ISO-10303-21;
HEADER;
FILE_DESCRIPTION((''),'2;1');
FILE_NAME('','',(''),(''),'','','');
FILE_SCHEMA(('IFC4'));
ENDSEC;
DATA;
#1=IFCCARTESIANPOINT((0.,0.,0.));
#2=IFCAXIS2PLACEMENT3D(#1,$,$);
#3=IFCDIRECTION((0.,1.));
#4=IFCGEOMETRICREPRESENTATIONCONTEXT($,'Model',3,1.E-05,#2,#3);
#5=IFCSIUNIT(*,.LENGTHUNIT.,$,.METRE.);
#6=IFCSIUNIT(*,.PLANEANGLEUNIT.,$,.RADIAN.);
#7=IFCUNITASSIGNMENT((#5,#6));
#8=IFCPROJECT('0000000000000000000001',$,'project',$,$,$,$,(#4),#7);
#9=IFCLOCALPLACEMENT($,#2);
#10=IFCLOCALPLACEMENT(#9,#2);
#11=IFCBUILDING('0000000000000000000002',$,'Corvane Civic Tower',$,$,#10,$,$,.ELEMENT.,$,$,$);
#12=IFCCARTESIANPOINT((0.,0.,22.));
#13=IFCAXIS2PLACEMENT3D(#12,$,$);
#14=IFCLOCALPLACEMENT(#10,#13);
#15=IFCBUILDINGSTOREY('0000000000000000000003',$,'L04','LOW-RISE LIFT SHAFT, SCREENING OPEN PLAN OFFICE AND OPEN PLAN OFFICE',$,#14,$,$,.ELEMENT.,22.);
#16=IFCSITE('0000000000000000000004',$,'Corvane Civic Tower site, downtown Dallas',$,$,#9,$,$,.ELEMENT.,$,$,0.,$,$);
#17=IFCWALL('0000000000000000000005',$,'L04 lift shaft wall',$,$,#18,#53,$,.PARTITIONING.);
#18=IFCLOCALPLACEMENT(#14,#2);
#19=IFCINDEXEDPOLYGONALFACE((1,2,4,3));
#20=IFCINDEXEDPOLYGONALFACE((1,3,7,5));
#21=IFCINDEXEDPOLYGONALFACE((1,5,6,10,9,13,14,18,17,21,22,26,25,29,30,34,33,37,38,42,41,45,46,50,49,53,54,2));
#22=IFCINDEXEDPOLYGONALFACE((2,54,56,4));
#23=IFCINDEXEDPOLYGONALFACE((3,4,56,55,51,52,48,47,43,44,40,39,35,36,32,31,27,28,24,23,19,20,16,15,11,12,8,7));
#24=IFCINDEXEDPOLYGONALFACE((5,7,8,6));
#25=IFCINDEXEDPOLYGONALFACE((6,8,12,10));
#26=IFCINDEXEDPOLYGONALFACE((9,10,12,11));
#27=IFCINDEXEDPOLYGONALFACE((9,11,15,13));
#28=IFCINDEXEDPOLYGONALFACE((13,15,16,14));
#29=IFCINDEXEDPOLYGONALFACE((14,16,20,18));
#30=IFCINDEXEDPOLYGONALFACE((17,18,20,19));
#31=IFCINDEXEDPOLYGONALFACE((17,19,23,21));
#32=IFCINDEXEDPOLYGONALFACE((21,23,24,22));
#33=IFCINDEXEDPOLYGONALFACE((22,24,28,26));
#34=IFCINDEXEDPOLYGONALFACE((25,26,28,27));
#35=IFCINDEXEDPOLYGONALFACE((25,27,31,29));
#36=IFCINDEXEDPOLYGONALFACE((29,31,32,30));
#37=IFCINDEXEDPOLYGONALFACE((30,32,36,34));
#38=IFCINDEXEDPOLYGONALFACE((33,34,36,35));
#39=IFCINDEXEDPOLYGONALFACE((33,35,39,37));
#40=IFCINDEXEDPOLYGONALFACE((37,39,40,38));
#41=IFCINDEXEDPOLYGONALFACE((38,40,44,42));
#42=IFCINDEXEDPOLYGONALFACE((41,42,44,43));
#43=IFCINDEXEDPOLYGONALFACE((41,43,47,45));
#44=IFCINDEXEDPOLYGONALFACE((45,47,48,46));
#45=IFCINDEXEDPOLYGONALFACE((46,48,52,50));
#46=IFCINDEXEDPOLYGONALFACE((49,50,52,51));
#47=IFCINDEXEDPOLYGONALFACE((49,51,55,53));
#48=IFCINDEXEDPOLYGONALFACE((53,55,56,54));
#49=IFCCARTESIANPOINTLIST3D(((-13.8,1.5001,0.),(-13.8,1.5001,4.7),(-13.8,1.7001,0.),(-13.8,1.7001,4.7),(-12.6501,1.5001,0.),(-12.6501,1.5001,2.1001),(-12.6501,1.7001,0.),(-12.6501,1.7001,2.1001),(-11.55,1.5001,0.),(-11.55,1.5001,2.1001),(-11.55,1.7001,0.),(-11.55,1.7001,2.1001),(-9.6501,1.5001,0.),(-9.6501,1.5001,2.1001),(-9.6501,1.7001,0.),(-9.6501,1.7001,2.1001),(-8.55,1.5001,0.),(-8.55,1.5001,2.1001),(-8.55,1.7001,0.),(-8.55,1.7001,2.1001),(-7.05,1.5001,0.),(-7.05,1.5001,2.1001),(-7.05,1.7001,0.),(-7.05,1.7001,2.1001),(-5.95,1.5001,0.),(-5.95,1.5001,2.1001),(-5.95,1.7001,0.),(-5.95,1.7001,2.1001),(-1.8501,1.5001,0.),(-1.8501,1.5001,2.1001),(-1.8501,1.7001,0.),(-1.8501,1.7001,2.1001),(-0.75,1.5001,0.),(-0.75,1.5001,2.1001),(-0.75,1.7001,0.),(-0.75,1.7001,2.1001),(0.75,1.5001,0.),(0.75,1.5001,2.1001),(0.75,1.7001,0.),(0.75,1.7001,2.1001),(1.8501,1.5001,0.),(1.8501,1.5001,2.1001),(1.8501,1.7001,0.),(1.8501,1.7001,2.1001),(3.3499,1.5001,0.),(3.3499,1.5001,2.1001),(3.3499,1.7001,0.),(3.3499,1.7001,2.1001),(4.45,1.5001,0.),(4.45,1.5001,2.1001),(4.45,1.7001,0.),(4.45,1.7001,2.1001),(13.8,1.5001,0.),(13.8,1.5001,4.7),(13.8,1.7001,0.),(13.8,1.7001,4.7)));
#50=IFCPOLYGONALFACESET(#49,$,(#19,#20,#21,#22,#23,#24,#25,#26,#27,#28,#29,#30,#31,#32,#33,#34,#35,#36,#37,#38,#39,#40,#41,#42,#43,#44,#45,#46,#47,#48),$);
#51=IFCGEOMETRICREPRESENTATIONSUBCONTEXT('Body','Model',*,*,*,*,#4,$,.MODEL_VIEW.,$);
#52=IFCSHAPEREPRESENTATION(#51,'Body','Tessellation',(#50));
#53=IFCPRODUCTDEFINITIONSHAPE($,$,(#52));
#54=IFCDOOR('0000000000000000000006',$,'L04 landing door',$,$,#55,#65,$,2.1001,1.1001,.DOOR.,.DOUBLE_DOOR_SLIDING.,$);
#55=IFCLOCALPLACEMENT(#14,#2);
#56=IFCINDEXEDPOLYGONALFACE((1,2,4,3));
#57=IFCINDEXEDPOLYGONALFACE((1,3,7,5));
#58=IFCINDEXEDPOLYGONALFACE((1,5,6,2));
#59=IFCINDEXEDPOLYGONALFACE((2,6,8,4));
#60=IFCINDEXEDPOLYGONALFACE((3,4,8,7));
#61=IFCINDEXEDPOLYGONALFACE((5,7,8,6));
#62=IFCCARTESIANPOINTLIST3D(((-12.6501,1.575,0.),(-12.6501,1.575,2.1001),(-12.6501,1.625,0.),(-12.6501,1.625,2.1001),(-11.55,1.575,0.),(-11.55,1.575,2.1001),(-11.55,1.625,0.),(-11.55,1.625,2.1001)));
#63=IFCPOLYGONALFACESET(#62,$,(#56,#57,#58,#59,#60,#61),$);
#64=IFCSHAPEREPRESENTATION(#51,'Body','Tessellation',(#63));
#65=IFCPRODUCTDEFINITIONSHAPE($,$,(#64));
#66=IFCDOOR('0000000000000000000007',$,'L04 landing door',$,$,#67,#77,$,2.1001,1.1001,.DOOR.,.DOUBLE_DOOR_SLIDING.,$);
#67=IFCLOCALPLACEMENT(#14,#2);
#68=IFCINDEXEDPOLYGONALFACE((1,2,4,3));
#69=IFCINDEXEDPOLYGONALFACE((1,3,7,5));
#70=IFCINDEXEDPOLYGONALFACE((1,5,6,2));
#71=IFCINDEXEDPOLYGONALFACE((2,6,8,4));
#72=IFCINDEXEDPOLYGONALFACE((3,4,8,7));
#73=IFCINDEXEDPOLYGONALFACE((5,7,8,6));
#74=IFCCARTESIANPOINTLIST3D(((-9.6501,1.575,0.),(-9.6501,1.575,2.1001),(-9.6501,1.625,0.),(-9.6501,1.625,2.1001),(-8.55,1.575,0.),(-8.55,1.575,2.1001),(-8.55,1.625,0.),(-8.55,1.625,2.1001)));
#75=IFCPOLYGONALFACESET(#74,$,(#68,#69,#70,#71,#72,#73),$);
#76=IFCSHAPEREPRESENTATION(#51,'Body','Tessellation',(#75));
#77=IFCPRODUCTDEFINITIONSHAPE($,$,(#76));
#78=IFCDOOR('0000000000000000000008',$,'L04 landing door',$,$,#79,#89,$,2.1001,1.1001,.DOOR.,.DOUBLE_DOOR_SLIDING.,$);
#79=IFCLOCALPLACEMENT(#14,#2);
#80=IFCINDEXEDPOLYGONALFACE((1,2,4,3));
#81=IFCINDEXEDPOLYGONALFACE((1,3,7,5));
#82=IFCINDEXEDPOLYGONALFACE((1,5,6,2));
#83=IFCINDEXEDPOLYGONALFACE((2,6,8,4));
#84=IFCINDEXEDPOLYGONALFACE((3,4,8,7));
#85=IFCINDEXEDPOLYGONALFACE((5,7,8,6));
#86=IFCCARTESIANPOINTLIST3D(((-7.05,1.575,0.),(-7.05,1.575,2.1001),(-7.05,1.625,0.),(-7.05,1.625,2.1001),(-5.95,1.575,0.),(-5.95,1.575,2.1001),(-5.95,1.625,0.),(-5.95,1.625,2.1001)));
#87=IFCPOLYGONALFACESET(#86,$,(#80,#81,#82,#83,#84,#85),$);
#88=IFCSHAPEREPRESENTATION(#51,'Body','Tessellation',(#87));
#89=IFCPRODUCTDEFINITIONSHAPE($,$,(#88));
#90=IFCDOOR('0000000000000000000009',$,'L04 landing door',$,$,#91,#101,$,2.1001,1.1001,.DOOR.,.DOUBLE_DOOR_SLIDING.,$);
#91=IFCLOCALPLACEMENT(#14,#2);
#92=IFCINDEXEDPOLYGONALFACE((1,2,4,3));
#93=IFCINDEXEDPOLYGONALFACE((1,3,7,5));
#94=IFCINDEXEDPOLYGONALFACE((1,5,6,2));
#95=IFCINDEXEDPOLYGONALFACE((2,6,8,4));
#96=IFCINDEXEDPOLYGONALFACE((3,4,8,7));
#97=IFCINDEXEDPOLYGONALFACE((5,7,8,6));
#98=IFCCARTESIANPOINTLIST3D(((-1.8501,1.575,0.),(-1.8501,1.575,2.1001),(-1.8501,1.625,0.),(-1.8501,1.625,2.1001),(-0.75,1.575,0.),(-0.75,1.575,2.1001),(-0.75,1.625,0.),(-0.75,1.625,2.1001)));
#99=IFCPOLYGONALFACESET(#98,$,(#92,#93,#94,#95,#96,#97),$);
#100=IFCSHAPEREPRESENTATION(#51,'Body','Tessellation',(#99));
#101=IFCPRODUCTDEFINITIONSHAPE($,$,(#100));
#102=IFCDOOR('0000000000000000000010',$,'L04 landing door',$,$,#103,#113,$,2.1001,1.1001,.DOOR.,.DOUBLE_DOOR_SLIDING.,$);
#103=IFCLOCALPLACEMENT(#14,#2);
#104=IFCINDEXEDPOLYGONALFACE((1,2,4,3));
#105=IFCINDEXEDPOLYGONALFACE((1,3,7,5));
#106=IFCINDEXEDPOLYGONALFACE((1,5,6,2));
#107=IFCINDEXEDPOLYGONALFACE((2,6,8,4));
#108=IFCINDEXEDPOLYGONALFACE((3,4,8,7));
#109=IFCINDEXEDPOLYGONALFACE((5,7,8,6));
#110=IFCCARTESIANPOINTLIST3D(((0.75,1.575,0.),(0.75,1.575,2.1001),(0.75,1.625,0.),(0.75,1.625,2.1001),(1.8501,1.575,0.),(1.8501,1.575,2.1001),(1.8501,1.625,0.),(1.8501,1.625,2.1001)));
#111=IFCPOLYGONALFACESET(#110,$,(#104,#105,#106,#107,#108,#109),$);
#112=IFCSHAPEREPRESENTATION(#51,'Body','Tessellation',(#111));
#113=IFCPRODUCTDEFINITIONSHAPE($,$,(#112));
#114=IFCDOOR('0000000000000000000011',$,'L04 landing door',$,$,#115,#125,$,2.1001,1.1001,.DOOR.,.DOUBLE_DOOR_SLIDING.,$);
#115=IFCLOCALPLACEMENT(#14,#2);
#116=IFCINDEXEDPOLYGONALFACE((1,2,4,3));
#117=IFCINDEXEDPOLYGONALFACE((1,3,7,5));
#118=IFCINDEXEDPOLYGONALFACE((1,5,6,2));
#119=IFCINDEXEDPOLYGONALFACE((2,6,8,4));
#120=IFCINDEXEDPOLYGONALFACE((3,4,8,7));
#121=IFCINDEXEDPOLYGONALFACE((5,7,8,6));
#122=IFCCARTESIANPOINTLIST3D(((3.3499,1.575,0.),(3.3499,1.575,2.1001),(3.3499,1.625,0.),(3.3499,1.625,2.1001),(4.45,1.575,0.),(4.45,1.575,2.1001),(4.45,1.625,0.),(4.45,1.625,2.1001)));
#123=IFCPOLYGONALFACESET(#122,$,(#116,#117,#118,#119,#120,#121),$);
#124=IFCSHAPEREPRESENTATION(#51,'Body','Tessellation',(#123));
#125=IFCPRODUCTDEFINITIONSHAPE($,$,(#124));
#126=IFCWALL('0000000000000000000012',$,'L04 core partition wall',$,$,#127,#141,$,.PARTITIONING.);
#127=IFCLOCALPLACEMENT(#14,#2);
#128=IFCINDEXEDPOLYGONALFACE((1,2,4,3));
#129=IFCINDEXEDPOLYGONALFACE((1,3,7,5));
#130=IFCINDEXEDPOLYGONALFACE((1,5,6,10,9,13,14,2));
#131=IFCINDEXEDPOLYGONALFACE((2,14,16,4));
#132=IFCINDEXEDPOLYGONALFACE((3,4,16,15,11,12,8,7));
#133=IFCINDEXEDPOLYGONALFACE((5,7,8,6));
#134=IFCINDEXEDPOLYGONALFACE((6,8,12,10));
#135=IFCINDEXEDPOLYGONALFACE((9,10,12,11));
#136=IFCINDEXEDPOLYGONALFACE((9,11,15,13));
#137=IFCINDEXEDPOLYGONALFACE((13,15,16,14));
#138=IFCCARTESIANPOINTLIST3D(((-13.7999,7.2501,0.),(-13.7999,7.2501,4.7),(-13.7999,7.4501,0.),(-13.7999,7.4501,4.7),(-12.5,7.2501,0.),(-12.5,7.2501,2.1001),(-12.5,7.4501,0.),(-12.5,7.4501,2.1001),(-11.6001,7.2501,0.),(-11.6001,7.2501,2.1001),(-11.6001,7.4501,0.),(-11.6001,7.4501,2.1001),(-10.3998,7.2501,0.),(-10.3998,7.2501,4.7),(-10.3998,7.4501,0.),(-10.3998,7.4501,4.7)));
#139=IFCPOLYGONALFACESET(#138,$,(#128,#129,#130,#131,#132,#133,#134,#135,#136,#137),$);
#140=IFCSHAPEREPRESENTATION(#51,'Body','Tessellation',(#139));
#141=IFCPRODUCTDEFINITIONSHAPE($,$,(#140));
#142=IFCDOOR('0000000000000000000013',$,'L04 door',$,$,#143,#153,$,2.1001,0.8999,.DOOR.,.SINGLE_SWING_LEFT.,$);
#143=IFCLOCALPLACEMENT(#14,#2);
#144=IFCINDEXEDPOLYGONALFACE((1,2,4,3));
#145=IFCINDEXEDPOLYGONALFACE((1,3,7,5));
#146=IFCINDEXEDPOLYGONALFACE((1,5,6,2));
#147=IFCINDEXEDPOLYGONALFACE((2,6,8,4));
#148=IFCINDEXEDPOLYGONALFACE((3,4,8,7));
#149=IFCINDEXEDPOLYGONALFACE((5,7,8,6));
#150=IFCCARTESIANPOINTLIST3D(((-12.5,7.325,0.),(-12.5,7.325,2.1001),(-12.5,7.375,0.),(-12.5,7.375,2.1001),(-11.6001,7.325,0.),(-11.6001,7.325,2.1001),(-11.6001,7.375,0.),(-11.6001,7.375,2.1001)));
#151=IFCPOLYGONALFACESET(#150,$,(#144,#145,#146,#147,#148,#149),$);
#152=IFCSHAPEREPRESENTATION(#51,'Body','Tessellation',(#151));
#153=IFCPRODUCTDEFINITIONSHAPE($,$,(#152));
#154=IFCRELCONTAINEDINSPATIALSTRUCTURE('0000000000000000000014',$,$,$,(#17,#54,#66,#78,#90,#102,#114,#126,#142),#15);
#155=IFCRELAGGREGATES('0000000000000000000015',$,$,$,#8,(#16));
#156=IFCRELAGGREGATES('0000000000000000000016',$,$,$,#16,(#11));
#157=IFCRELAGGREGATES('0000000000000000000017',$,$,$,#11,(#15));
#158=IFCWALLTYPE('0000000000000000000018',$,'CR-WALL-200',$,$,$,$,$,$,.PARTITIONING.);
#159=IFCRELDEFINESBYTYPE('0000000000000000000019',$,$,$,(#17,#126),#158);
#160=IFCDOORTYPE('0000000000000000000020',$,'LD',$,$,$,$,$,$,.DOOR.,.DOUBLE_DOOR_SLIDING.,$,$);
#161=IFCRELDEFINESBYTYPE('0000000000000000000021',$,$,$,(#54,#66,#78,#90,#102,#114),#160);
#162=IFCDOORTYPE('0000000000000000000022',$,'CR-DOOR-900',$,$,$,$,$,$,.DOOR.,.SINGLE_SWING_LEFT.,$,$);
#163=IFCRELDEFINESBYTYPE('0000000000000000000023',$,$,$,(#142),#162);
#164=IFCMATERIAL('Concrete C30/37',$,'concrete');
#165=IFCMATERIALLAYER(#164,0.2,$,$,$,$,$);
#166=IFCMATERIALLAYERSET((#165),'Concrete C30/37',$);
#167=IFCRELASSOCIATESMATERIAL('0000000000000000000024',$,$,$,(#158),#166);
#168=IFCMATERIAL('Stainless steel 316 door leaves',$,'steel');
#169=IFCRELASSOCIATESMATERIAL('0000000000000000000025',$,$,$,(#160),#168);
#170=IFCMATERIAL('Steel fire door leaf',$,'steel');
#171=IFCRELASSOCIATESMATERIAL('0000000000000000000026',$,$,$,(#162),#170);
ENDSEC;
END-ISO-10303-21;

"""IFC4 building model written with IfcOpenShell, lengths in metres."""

from ifc_helpers import new_model, si_unit, direction, frame, frame_2d, origin, place, context, subcontext, project, spatial, rectangle, extrude, material, layer, layer_set, type_object, element, fill, save


model = new_model("IFC4")

# Units and contexts
model_context = context("Model", 3, precision=1e-05, world=origin(), true_north=direction((0.0, 1.0)))
body_context = subcontext(model_context, "Body", "Model", "MODEL_VIEW")
ifc_project = project(units=[si_unit("LENGTHUNIT", "METRE"), si_unit("PLANEANGLEUNIT", "RADIAN")], contexts=[model_context])

# Site, building, storey
site_placement = place(None, origin())
site = spatial("IfcSite", under=ifc_project, at=site_placement, Name="Corvane Civic Tower site, downtown Dallas", CompositionType="ELEMENT", RefElevation=0.0)
building_placement = place(site_placement, origin())
building = spatial("IfcBuilding", under=site, at=building_placement, Name="Corvane Civic Tower", CompositionType="ELEMENT")
storey_placement = place(building_placement, frame((0.0, 0.0, 22.0)))
storey = spatial("IfcBuildingStorey", under=building, at=storey_placement, Name="L04", Description="LOW-RISE LIFT SHAFT, SCREENING OPEN PLAN OFFICE AND OPEN PLAN OFFICE", CompositionType="ELEMENT", Elevation=22.0)

# Wall, openings, doors
ifc_material_1 = material(Name="Concrete C30/37", Category="concrete")
ifc_layer_1 = layer(ifc_material_1, 0.2)
ifc_layer_set_1 = layer_set([ifc_layer_1], Name="Concrete C30/37")
wall_type_1 = type_object("IfcWallType", Name="CR-WALL-200", PredefinedType="PARTITIONING", material=ifc_layer_set_1)
wall_1_placement = place(storey_placement, frame((-13.8, 1.6001, 0.0), z_axis=(0.0, 0.0, 1.0), x_axis=(1.0, 0.0, 0.0)))
wall_1 = element("IfcWall", 1, at=wall_1_placement, inside=storey, type_object=wall_type_1, Name="L04 lift shaft wall", PredefinedType="PARTITIONING", context=body_context, shape_type="SweptSolid", body=[
    extrude(rectangle(XDim=27.6001, YDim=0.2, at=frame_2d((13.8, 0.0))), origin(), (0.0, 0.0, 1.0), 4.7),
])
opening_1_placement = place(wall_1_placement, frame((1.1499, 0.0, 0.0)))
opening_1 = element("IfcOpeningElement", 2, at=opening_1_placement, cuts=wall_1, PredefinedType="OPENING", context=body_context, shape_type="SweptSolid", body=[
    extrude(rectangle(XDim=1.1001, YDim=2.1001, at=frame_2d((0.55, 1.05))), frame((0.0, 0.1099, 0.0), z_axis=(0.0, -1.0, 0.0), x_axis=(1.0, 0.0, 0.0)), (0.0, 0.0, 1.0), 0.22),
])
opening_2_placement = place(wall_1_placement, frame((4.1499, 0.0, 0.0)))
opening_2 = element("IfcOpeningElement", 3, at=opening_2_placement, cuts=wall_1, PredefinedType="OPENING", context=body_context, shape_type="SweptSolid", body=[
    extrude(rectangle(XDim=1.1001, YDim=2.1001, at=frame_2d((0.55, 1.05))), frame((0.0, 0.1099, 0.0), z_axis=(0.0, -1.0, 0.0), x_axis=(1.0, 0.0, 0.0)), (0.0, 0.0, 1.0), 0.22),
])
opening_3_placement = place(wall_1_placement, frame((6.75, 0.0, 0.0)))
opening_3 = element("IfcOpeningElement", 4, at=opening_3_placement, cuts=wall_1, PredefinedType="OPENING", context=body_context, shape_type="SweptSolid", body=[
    extrude(rectangle(XDim=1.1001, YDim=2.1001, at=frame_2d((0.55, 1.05))), frame((0.0, 0.1099, 0.0), z_axis=(0.0, -1.0, 0.0), x_axis=(1.0, 0.0, 0.0)), (0.0, 0.0, 1.0), 0.22),
])
opening_4_placement = place(wall_1_placement, frame((11.95, 0.0, 0.0)))
opening_4 = element("IfcOpeningElement", 5, at=opening_4_placement, cuts=wall_1, PredefinedType="OPENING", context=body_context, shape_type="SweptSolid", body=[
    extrude(rectangle(XDim=1.1001, YDim=2.1001, at=frame_2d((0.55, 1.05))), frame((0.0, 0.1099, 0.0), z_axis=(0.0, -1.0, 0.0), x_axis=(1.0, 0.0, 0.0)), (0.0, 0.0, 1.0), 0.22),
])
opening_5_placement = place(wall_1_placement, frame((14.55, 0.0, 0.0)))
opening_5 = element("IfcOpeningElement", 6, at=opening_5_placement, cuts=wall_1, PredefinedType="OPENING", context=body_context, shape_type="SweptSolid", body=[
    extrude(rectangle(XDim=1.1001, YDim=2.1001, at=frame_2d((0.55, 1.05))), frame((0.0, 0.1099, 0.0), z_axis=(0.0, -1.0, 0.0), x_axis=(1.0, 0.0, 0.0)), (0.0, 0.0, 1.0), 0.22),
])
opening_6_placement = place(wall_1_placement, frame((17.1499, 0.0, 0.0)))
opening_6 = element("IfcOpeningElement", 7, at=opening_6_placement, cuts=wall_1, PredefinedType="OPENING", context=body_context, shape_type="SweptSolid", body=[
    extrude(rectangle(XDim=1.1001, YDim=2.1001, at=frame_2d((0.55, 1.05))), frame((0.0, 0.1099, 0.0), z_axis=(0.0, -1.0, 0.0), x_axis=(1.0, 0.0, 0.0)), (0.0, 0.0, 1.0), 0.22),
])
ifc_material_2 = material(Name="Stainless steel 316 door leaves", Category="steel")
door_type_1 = type_object("IfcDoorType", Name="LD", OperationType="DOUBLE_DOOR_SLIDING", PredefinedType="DOOR", material=ifc_material_2)
door_1_placement = place(opening_1_placement, origin())
door_1 = element("IfcDoor", 8, at=door_1_placement, inside=storey, type_object=door_type_1, Name="L04 landing door", OperationType="DOUBLE_DOOR_SLIDING", OverallHeight=2.1001, OverallWidth=1.1001, PredefinedType="DOOR", context=body_context, shape_type="SweptSolid", body=[
    extrude(rectangle(XDim=1.1001, YDim=2.1001, at=frame_2d((0.55, 1.05))), frame((0.0, 0.0249, 0.0), z_axis=(0.0, -1.0, 0.0), x_axis=(1.0, 0.0, 0.0)), (0.0, 0.0, 1.0), 0.05),
])
fill(opening_1, door_1)
door_2_placement = place(opening_2_placement, origin())
door_2 = element("IfcDoor", 9, at=door_2_placement, inside=storey, type_object=door_type_1, Name="L04 landing door", OperationType="DOUBLE_DOOR_SLIDING", OverallHeight=2.1001, OverallWidth=1.1001, PredefinedType="DOOR", context=body_context, shape_type="SweptSolid", body=[
    extrude(rectangle(XDim=1.1001, YDim=2.1001, at=frame_2d((0.55, 1.05))), frame((0.0, 0.0249, 0.0), z_axis=(0.0, -1.0, 0.0), x_axis=(1.0, 0.0, 0.0)), (0.0, 0.0, 1.0), 0.05),
])
fill(opening_2, door_2)
door_3_placement = place(opening_3_placement, origin())
door_3 = element("IfcDoor", 10, at=door_3_placement, inside=storey, type_object=door_type_1, Name="L04 landing door", OperationType="DOUBLE_DOOR_SLIDING", OverallHeight=2.1001, OverallWidth=1.1001, PredefinedType="DOOR", context=body_context, shape_type="SweptSolid", body=[
    extrude(rectangle(XDim=1.1001, YDim=2.1001, at=frame_2d((0.55, 1.05))), frame((0.0, 0.0249, 0.0), z_axis=(0.0, -1.0, 0.0), x_axis=(1.0, 0.0, 0.0)), (0.0, 0.0, 1.0), 0.05),
])
fill(opening_3, door_3)
door_4_placement = place(opening_4_placement, origin())
door_4 = element("IfcDoor", 11, at=door_4_placement, inside=storey, type_object=door_type_1, Name="L04 landing door", OperationType="DOUBLE_DOOR_SLIDING", OverallHeight=2.1001, OverallWidth=1.1001, PredefinedType="DOOR", context=body_context, shape_type="SweptSolid", body=[
    extrude(rectangle(XDim=1.1001, YDim=2.1001, at=frame_2d((0.55, 1.05))), frame((0.0, 0.0249, 0.0), z_axis=(0.0, -1.0, 0.0), x_axis=(1.0, 0.0, 0.0)), (0.0, 0.0, 1.0), 0.05),
])
fill(opening_4, door_4)
door_5_placement = place(opening_5_placement, origin())
door_5 = element("IfcDoor", 12, at=door_5_placement, inside=storey, type_object=door_type_1, Name="L04 landing door", OperationType="DOUBLE_DOOR_SLIDING", OverallHeight=2.1001, OverallWidth=1.1001, PredefinedType="DOOR", context=body_context, shape_type="SweptSolid", body=[
    extrude(rectangle(XDim=1.1001, YDim=2.1001, at=frame_2d((0.55, 1.05))), frame((0.0, 0.0249, 0.0), z_axis=(0.0, -1.0, 0.0), x_axis=(1.0, 0.0, 0.0)), (0.0, 0.0, 1.0), 0.05),
])
fill(opening_5, door_5)
door_6_placement = place(opening_6_placement, origin())
door_6 = element("IfcDoor", 13, at=door_6_placement, inside=storey, type_object=door_type_1, Name="L04 landing door", OperationType="DOUBLE_DOOR_SLIDING", OverallHeight=2.1001, OverallWidth=1.1001, PredefinedType="DOOR", context=body_context, shape_type="SweptSolid", body=[
    extrude(rectangle(XDim=1.1001, YDim=2.1001, at=frame_2d((0.55, 1.05))), frame((0.0, 0.0249, 0.0), z_axis=(0.0, -1.0, 0.0), x_axis=(1.0, 0.0, 0.0)), (0.0, 0.0, 1.0), 0.05),
])
fill(opening_6, door_6)

# Wall, opening, door
wall_2_placement = place(storey_placement, frame((-13.8, 7.3501, 0.0), z_axis=(0.0, 0.0, 1.0), x_axis=(1.0, 0.0, 0.0)))
wall_2 = element("IfcWall", 14, at=wall_2_placement, inside=storey, type_object=wall_type_1, Name="L04 core partition wall", PredefinedType="PARTITIONING", context=body_context, shape_type="SweptSolid", body=[
    extrude(rectangle(XDim=3.4001, YDim=0.2, at=frame_2d((1.7002, 0.0))), origin(), (0.0, 0.0, 1.0), 4.7),
])
opening_7_placement = place(wall_2_placement, frame((1.3, 0.0, 0.0)))
opening_7 = element("IfcOpeningElement", 15, at=opening_7_placement, cuts=wall_2, PredefinedType="OPENING", context=body_context, shape_type="SweptSolid", body=[
    extrude(rectangle(XDim=0.8999, YDim=2.1001, at=frame_2d((0.45, 1.05))), frame((0.0, 0.1099, 0.0), z_axis=(0.0, -1.0, 0.0), x_axis=(1.0, 0.0, 0.0)), (0.0, 0.0, 1.0), 0.22),
])
ifc_material_3 = material(Name="Steel fire door leaf", Category="steel")
door_type_2 = type_object("IfcDoorType", Name="CR-DOOR-900", OperationType="SINGLE_SWING_LEFT", PredefinedType="DOOR", material=ifc_material_3)
door_7_placement = place(opening_7_placement, origin())
door_7 = element("IfcDoor", 16, at=door_7_placement, inside=storey, type_object=door_type_2, Name="L04 door", OperationType="SINGLE_SWING_LEFT", OverallHeight=2.1001, OverallWidth=0.8999, PredefinedType="DOOR", context=body_context, shape_type="SweptSolid", body=[
    extrude(rectangle(XDim=0.8999, YDim=2.1001, at=frame_2d((0.45, 1.05))), frame((0.0, 0.0249, 0.0), z_axis=(0.0, -1.0, 0.0), x_axis=(1.0, 0.0, 0.0)), (0.0, 0.0, 1.0), 0.05),
])
fill(opening_7, door_7)

save(model, "model.ifc")
